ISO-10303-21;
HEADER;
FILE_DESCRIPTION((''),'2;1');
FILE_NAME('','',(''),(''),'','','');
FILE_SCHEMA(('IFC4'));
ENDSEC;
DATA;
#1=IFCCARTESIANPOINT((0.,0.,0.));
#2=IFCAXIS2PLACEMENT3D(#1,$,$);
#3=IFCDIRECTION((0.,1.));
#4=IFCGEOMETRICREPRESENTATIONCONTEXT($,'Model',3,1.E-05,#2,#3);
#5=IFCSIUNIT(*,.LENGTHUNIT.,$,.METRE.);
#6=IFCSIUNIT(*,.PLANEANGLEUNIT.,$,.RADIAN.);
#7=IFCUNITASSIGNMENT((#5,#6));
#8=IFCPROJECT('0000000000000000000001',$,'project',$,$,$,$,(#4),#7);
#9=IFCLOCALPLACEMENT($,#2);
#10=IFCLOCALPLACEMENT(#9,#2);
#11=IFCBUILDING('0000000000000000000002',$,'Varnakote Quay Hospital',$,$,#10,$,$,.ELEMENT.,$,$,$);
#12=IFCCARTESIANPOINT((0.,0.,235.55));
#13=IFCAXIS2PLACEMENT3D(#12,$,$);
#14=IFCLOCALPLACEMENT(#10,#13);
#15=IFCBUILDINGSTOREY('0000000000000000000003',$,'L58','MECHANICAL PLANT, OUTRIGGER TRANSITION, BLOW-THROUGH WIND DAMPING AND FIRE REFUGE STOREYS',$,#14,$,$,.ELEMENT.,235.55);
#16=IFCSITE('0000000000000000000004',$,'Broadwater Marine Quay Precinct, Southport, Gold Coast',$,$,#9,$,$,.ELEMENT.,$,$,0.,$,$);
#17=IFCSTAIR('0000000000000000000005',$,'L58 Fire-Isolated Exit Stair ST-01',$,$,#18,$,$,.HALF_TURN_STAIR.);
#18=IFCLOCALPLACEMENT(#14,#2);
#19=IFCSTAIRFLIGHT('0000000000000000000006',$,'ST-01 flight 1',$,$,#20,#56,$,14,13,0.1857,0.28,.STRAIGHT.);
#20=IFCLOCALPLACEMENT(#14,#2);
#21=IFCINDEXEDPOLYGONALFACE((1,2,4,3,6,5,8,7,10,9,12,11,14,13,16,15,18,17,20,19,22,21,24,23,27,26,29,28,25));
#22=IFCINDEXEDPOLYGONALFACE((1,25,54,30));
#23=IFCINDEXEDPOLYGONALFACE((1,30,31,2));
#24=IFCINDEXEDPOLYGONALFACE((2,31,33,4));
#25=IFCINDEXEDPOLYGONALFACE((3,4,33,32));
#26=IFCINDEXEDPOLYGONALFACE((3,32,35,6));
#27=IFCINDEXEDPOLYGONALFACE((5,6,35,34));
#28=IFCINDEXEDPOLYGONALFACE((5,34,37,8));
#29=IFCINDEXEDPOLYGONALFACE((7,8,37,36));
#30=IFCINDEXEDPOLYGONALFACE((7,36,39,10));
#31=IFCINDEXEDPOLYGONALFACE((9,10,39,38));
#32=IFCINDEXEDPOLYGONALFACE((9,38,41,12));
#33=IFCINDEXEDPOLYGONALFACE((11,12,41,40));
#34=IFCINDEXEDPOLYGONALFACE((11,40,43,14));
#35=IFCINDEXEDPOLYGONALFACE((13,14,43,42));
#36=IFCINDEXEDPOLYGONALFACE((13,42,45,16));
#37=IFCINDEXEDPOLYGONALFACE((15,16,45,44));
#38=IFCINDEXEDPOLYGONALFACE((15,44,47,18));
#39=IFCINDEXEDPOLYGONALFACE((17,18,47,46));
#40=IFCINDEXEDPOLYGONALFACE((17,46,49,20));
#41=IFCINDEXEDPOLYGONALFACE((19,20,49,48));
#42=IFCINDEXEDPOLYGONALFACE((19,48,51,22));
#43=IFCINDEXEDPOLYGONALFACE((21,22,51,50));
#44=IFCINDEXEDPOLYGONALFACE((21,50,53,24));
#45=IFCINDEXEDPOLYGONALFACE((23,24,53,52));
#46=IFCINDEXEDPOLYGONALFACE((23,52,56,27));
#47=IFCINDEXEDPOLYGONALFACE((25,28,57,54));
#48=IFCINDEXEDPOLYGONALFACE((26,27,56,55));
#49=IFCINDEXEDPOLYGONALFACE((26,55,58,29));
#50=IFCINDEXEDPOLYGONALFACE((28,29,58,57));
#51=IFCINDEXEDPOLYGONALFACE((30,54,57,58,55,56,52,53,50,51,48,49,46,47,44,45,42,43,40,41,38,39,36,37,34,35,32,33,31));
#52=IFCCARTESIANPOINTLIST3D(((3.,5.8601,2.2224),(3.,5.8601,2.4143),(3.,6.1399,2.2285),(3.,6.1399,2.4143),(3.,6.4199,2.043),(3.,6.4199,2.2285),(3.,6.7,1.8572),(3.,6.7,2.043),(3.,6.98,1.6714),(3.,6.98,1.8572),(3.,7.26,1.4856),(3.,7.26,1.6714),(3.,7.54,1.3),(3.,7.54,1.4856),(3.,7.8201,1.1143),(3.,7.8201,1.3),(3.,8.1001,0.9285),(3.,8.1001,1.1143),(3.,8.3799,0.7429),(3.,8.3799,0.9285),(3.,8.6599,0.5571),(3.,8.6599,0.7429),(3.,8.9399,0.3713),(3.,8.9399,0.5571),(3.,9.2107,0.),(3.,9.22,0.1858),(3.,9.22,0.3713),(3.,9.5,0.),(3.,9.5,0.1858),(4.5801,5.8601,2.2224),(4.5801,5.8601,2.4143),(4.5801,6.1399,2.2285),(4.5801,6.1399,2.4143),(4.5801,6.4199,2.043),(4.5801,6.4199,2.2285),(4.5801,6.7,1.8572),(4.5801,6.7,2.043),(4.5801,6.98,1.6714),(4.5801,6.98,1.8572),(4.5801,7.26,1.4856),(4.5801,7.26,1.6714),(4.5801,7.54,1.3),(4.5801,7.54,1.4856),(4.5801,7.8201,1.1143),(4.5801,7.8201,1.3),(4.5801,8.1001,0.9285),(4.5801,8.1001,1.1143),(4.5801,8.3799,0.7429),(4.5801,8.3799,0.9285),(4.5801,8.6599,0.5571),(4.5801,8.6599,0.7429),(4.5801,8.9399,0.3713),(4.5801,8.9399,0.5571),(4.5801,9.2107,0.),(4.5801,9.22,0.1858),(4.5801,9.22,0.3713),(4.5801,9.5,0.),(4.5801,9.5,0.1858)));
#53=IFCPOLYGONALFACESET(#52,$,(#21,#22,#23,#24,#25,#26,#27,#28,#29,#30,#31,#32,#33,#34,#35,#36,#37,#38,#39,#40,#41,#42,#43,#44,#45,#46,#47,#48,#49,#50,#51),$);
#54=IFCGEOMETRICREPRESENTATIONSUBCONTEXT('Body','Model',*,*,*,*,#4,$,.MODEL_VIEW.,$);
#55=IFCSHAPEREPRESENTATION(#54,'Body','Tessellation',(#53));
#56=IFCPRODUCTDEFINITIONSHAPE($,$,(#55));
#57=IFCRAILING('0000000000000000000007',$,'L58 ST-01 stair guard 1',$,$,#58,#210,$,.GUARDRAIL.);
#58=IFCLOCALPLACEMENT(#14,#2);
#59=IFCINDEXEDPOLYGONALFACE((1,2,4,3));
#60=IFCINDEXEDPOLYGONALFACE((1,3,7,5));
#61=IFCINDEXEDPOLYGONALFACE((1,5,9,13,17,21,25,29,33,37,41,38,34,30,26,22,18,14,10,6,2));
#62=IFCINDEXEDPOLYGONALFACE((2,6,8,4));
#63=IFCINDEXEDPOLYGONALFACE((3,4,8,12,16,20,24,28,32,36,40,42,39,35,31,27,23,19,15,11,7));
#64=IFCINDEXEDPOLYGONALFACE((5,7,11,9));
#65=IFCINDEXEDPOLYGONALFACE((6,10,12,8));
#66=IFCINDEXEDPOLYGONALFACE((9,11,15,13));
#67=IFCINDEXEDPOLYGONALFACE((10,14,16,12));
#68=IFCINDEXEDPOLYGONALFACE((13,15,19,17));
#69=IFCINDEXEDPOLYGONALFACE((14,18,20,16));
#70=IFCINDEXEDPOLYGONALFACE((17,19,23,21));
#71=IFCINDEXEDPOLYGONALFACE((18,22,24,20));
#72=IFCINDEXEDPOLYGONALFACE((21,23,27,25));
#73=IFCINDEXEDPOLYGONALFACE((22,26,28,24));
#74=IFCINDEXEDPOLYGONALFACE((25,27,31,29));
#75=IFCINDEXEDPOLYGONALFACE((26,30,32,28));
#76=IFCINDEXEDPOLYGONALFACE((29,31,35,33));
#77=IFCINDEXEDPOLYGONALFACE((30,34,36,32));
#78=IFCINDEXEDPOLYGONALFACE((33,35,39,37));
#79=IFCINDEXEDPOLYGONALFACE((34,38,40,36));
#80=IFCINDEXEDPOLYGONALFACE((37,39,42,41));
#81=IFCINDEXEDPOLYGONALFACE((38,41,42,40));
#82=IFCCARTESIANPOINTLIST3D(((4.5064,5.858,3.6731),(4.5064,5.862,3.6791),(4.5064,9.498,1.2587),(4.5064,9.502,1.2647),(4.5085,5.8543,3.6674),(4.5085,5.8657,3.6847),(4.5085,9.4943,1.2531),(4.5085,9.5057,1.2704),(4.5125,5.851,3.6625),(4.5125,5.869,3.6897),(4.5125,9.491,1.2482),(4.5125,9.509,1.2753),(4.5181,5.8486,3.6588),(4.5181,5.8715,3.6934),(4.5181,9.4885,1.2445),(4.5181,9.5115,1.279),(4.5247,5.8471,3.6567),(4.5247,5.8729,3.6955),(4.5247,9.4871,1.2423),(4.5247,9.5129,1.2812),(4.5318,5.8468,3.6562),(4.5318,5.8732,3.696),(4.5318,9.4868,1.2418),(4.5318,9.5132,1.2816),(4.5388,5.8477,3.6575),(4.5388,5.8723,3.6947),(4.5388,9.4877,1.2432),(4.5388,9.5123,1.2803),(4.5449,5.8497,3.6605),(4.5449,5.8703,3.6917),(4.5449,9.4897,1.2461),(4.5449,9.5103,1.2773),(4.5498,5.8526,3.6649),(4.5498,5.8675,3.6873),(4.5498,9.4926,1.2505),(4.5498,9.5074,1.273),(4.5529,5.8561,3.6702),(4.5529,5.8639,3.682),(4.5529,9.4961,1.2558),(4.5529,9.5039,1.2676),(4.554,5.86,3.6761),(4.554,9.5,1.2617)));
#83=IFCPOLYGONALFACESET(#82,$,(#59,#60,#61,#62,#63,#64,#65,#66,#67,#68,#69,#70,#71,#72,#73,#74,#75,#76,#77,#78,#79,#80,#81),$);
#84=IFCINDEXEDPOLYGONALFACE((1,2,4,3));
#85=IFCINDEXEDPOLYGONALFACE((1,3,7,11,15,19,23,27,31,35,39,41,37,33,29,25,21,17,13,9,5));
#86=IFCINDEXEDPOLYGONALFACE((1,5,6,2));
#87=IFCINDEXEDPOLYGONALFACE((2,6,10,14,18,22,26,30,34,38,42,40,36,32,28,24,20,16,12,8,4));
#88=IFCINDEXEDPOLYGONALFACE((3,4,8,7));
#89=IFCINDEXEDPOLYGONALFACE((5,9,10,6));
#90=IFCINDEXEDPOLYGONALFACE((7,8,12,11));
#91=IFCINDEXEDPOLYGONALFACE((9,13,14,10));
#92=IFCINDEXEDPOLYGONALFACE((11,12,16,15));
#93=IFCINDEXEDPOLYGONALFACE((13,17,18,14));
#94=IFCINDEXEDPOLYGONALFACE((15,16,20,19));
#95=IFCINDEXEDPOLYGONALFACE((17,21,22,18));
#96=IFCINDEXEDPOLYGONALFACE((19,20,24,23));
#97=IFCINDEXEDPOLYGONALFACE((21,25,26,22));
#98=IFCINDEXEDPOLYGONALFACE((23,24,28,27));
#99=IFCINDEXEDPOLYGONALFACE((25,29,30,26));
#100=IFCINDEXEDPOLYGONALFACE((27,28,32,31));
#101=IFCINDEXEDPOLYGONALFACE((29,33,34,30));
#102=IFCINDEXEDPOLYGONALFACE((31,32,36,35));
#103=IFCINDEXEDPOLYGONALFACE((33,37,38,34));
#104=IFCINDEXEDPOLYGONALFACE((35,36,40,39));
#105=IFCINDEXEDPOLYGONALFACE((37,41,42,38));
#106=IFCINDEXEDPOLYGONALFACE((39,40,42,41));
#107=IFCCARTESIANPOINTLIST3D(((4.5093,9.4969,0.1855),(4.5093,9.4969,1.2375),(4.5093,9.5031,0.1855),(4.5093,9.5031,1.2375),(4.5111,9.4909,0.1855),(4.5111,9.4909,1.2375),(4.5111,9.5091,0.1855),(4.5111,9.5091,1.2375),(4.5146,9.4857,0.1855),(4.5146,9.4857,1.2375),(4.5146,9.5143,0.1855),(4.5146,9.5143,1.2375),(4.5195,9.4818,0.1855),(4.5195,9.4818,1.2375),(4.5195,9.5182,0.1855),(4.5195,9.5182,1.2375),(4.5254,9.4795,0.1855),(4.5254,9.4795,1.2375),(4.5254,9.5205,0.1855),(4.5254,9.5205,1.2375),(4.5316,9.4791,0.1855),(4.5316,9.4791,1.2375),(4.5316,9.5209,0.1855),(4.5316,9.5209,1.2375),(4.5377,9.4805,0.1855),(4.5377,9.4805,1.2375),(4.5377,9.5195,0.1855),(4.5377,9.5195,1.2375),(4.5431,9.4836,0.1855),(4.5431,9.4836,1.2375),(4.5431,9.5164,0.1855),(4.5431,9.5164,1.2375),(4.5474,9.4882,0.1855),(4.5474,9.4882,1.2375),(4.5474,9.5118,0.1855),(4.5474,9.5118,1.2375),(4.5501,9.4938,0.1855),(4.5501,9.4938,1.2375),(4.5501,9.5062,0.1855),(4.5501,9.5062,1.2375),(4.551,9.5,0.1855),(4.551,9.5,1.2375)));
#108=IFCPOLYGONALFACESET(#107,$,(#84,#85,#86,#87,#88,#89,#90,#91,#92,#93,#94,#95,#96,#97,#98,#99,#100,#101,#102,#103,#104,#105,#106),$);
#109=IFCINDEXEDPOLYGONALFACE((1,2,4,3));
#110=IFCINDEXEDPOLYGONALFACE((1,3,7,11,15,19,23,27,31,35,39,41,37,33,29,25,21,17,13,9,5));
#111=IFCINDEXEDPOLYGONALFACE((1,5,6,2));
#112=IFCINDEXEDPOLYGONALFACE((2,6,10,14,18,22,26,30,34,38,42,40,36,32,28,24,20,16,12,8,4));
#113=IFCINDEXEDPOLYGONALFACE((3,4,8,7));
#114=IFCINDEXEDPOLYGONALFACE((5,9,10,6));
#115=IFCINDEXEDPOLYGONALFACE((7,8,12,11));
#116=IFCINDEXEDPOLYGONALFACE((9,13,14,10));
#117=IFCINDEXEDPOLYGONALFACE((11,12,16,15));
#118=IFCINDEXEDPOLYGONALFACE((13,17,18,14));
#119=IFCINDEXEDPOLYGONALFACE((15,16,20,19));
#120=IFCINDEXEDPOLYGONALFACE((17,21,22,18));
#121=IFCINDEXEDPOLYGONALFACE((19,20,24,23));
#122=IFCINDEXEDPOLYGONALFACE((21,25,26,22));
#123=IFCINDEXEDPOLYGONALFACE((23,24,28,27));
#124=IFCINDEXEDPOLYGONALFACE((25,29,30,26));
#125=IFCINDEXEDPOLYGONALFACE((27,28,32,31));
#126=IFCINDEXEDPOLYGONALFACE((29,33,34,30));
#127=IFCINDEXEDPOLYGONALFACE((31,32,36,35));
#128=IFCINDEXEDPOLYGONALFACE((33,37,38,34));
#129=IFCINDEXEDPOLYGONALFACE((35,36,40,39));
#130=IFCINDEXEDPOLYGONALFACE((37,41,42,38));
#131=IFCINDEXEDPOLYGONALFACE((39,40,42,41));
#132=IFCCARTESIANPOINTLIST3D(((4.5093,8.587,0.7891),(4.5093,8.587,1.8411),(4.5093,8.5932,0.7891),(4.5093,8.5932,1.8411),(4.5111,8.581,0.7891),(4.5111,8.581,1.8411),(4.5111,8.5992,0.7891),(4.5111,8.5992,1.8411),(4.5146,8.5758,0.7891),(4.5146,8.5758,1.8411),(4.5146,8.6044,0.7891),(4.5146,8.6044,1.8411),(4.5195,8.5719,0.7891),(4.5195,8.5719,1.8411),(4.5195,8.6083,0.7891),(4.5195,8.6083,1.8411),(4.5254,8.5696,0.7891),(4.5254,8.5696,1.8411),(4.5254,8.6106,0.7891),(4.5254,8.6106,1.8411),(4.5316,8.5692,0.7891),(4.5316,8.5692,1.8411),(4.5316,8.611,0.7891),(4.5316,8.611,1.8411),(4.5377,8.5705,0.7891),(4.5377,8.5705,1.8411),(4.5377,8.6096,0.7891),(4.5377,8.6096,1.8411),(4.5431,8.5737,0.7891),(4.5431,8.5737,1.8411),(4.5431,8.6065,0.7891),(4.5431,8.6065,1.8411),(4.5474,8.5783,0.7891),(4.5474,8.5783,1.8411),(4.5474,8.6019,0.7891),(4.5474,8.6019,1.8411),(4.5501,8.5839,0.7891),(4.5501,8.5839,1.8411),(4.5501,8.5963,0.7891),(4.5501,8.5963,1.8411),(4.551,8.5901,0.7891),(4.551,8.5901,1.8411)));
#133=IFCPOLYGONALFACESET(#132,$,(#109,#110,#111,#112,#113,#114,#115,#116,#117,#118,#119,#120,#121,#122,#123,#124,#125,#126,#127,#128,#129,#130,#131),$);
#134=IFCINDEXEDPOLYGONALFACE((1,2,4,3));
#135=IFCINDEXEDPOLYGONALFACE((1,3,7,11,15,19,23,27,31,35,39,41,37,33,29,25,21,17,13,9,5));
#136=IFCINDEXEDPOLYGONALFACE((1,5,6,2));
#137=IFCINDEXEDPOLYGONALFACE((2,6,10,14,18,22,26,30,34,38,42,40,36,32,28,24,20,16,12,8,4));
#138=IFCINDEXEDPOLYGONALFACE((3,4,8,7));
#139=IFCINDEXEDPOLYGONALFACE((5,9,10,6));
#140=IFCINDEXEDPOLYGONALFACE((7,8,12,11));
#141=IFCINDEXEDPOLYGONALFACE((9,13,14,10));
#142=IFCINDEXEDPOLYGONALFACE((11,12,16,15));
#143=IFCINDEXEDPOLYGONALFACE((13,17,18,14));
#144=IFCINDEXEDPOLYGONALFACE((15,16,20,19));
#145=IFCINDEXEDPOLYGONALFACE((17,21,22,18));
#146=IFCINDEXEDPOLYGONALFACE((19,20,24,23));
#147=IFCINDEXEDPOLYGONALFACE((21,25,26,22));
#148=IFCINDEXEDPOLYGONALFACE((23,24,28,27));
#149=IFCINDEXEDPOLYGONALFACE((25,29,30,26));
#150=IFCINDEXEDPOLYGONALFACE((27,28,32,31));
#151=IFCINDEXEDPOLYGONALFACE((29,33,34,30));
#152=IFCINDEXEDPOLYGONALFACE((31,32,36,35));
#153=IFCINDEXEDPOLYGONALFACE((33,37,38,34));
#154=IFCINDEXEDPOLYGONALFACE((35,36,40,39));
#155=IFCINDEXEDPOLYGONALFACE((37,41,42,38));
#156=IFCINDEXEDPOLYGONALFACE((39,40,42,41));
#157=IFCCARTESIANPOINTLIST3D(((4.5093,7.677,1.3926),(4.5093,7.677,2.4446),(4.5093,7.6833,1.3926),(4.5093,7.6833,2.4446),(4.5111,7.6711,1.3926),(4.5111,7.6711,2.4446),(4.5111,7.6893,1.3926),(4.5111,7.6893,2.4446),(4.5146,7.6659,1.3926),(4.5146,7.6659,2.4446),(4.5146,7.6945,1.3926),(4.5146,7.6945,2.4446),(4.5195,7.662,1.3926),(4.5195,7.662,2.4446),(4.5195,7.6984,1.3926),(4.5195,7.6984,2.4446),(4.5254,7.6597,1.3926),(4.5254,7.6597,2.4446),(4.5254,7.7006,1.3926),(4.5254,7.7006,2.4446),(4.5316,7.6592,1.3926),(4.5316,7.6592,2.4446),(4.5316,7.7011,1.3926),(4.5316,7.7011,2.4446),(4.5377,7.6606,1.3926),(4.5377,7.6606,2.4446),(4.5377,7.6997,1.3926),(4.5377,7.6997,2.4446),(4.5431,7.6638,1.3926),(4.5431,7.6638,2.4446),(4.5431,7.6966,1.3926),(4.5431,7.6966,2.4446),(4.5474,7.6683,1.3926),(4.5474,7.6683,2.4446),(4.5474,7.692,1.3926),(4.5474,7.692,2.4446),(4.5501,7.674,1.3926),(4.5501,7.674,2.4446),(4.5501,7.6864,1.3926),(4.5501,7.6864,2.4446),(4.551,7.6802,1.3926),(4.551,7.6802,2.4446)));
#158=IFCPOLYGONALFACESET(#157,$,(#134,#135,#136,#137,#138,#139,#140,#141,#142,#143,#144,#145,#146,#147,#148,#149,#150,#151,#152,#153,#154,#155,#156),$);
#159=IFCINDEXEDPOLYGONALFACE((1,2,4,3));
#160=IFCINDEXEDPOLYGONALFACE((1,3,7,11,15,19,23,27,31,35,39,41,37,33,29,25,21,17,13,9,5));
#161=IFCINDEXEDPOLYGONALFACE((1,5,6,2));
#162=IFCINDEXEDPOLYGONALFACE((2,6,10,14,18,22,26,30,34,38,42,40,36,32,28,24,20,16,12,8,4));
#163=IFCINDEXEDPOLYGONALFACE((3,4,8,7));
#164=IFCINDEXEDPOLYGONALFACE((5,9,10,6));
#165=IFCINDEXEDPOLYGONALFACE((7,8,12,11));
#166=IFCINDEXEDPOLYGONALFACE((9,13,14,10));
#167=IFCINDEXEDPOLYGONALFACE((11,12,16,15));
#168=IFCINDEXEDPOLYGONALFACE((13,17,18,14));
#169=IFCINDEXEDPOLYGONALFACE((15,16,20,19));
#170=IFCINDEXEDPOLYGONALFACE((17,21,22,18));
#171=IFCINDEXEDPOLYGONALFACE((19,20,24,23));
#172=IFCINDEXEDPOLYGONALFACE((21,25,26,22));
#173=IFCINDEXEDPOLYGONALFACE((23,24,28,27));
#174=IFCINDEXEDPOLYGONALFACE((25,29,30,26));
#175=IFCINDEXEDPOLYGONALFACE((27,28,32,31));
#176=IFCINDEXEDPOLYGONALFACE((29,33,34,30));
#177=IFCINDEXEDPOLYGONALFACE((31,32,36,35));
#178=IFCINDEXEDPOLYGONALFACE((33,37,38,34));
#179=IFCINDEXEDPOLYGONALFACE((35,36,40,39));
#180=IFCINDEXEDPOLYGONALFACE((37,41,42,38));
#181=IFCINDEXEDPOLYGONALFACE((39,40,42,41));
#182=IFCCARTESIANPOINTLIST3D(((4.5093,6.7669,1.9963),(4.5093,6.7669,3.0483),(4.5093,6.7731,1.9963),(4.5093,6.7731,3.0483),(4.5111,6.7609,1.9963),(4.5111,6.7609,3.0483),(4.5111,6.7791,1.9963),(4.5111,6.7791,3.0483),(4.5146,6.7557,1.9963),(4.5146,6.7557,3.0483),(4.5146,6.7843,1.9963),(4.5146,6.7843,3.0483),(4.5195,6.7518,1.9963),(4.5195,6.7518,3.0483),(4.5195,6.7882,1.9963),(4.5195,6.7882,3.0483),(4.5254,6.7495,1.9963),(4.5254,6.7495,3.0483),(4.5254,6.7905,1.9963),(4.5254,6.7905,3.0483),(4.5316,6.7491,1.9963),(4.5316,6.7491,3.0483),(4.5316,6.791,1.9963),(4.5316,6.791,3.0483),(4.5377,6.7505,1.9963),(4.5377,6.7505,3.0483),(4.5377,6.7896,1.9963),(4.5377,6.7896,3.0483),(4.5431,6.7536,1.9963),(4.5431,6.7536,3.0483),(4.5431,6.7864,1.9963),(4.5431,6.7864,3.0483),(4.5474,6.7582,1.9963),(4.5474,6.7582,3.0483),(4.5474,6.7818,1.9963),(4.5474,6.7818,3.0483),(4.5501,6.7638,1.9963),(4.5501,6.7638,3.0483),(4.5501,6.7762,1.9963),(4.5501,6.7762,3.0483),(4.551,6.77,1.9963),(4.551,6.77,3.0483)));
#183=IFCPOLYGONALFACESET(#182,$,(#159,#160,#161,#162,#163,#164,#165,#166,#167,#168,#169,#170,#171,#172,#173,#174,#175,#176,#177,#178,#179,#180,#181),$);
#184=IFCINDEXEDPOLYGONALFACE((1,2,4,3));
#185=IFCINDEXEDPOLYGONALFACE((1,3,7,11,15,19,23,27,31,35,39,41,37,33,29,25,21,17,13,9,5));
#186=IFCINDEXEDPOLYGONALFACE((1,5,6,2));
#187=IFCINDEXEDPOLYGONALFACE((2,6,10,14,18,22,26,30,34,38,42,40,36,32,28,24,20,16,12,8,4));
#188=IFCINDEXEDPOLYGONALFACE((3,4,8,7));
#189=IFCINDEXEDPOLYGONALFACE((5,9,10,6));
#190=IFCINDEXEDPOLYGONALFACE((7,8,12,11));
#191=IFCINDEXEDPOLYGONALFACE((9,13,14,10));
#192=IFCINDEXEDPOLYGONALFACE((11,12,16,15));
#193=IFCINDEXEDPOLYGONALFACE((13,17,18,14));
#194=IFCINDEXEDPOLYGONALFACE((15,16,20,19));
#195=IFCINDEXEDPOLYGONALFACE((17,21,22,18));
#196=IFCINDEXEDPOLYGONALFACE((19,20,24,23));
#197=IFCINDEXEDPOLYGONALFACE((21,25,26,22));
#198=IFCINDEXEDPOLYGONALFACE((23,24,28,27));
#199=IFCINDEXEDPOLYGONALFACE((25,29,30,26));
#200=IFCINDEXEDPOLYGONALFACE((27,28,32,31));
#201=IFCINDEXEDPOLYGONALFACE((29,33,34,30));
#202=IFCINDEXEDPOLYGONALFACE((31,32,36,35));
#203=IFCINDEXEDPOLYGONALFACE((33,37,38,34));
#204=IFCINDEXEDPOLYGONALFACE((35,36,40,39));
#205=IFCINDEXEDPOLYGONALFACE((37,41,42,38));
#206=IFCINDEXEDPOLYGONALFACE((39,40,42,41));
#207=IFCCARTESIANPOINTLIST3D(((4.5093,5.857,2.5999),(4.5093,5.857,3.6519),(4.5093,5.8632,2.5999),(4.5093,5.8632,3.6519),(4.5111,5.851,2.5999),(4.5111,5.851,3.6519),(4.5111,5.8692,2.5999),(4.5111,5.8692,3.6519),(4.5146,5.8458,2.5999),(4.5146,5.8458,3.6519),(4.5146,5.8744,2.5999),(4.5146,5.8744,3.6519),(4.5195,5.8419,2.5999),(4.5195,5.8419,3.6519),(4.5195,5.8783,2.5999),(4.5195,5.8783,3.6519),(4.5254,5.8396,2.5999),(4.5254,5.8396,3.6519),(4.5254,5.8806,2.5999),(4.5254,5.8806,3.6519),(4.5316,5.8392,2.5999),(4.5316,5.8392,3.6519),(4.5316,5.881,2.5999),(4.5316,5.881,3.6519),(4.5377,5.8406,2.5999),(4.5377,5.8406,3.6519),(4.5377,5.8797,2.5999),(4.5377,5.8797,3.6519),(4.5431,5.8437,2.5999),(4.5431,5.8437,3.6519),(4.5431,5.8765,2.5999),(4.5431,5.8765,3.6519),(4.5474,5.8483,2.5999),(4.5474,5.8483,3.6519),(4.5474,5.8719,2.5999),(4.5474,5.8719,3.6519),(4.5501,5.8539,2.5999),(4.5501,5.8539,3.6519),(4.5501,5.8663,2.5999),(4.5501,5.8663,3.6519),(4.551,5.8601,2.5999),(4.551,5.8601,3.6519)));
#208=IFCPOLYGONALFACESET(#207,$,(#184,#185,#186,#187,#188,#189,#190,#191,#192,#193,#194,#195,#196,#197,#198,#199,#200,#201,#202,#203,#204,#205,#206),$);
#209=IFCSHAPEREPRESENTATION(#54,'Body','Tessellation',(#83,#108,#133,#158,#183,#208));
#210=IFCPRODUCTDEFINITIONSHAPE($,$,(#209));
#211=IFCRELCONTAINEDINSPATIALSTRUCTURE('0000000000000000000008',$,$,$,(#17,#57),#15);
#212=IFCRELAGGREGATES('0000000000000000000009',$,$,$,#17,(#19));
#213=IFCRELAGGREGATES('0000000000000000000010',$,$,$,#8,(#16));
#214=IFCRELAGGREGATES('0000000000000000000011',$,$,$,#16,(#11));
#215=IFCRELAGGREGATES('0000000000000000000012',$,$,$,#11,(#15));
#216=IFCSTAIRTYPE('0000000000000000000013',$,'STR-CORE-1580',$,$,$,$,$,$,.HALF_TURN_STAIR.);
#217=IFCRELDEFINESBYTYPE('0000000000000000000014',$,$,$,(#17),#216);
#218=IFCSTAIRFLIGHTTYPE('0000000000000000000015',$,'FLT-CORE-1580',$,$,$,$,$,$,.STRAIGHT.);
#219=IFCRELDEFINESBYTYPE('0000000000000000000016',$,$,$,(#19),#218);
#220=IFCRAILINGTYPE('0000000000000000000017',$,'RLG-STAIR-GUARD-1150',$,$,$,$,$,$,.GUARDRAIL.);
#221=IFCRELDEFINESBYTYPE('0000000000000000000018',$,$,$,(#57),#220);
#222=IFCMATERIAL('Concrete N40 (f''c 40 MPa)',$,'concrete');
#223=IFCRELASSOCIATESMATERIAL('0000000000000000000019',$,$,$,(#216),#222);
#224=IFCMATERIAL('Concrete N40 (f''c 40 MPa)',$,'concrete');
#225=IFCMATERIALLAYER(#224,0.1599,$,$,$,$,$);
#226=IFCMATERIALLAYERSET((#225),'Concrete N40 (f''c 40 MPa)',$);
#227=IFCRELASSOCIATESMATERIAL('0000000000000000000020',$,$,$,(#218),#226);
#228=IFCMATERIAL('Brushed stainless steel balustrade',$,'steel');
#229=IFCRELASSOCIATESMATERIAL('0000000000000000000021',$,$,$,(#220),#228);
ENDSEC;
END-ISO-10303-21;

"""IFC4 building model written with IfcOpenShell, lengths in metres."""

from ifc_helpers import new_model, si_unit, direction, frame, origin, origin_2d, place, context, subcontext, project, spatial, polyline, circle, outline, extrude, material, layer, layer_set, type_object, element, aggregate, save


model = new_model("IFC4")

# Units and contexts
model_context = context("Model", 3, precision=1e-05, world=origin(), true_north=direction((0.0, 1.0)))
body_context = subcontext(model_context, "Body", "Model", "MODEL_VIEW")
ifc_project = project(units=[si_unit("LENGTHUNIT", "METRE"), si_unit("PLANEANGLEUNIT", "RADIAN")], contexts=[model_context])

# Site, building, storey
site_placement = place(None, origin())
site = spatial("IfcSite", under=ifc_project, at=site_placement, Name="Broadwater Marine Quay Precinct, Southport, Gold Coast", CompositionType="ELEMENT", RefElevation=0.0)
building_placement = place(site_placement, origin())
building = spatial("IfcBuilding", under=site, at=building_placement, Name="Varnakote Quay Hospital", CompositionType="ELEMENT")
storey_placement = place(building_placement, frame((0.0, 0.0, 235.55)))
storey = spatial("IfcBuildingStorey", under=building, at=storey_placement, Name="L58", Description="MECHANICAL PLANT, OUTRIGGER TRANSITION, BLOW-THROUGH WIND DAMPING AND FIRE REFUGE STOREYS", CompositionType="ELEMENT", Elevation=235.55)

# Stair, stair flight
ifc_material_1 = material(Name="Concrete N40 (f'c 40 MPa)", Category="concrete")
stair_type = type_object("IfcStairType", Name="STR-CORE-1580", PredefinedType="HALF_TURN_STAIR", material=ifc_material_1)
stair_placement = place(storey_placement, origin())
stair = element("IfcStair", 1, at=stair_placement, inside=storey, type_object=stair_type, Name="L58 Fire-Isolated Exit Stair ST-01", PredefinedType="HALF_TURN_STAIR")
ifc_material_2 = material(Name="Concrete N40 (f'c 40 MPa)", Category="concrete")
ifc_layer_1 = layer(ifc_material_2, 0.1599)
ifc_layer_set_1 = layer_set([ifc_layer_1], Name="Concrete N40 (f'c 40 MPa)")
stair_flight_type = type_object("IfcStairFlightType", Name="FLT-CORE-1580", PredefinedType="STRAIGHT", material=ifc_layer_set_1)
stair_flight_placement = place(storey_placement, frame((3.79, 9.5, 0.0), z_axis=(0.0, 0.0, 1.0), x_axis=(0.0, -1.0, 0.0)))
stair_flight = element("IfcStairFlight", 2, at=stair_flight_placement, type_object=stair_flight_type, Name="ST-01 flight 1", NumberOfRisers=14, NumberOfTreads=13, PredefinedType="STRAIGHT", RiserHeight=0.1857, TreadLength=0.28, context=body_context, shape_type="SweptSolid", body=[
    extrude(outline(polyline([(0.0, 0.0), (0.0, 0.1858), (0.28, 0.1858), (0.28, 0.3713), (0.5601, 0.3713), (0.5601, 0.5571), (0.8401, 0.5571), (0.8401, 0.7429), (1.1201, 0.7429), (1.1201, 0.9285), (1.3999, 0.9285), (1.3999, 1.1143), (1.6799, 1.1143), (1.6799, 1.3), (1.96, 1.3), (1.96, 1.4856), (2.24, 1.4856), (2.24, 1.6714), (2.52, 1.6714), (2.52, 1.8572), (2.8, 1.8572), (2.8, 2.043), (3.0801, 2.043), (3.0801, 2.2285), (3.3601, 2.2285), (3.3601, 2.4143), (3.6399, 2.4143), (3.6399, 2.6001), (3.6399, 2.2224), (0.2893, 0.0), (0.0, 0.0)])), frame((0.0, 0.79, 0.0), z_axis=(0.0, -1.0, 0.0), x_axis=(1.0, 0.0, 0.0)), (0.0, 0.0, 1.0), 1.5801),
])
aggregate(stair, [stair_flight])

# Railing
ifc_material_3 = material(Name="Brushed stainless steel balustrade", Category="steel")
railing_type_1 = type_object("IfcRailingType", Name="RLG-STAIR-GUARD-1150", PredefinedType="GUARDRAIL", material=ifc_material_3)
railing_1_placement = place(storey_placement, frame((4.53, 9.5, 0.1855)))
element("IfcRailing", 3, at=railing_1_placement, inside=storey, type_object=railing_type_1, Name="L58 ST-01 stair guard 1", PredefinedType="GUARDRAIL", context=body_context, shape_type="SweptSolid", body=[
    extrude(circle(Radius=0.0239, at=origin_2d()), frame((0.0, 0.0, 1.0762), z_axis=(0.0, -0.833347, 0.552751), x_axis=(1.0, 0.0, 0.0)), (0.0, 0.0, 1.0), 4.3679),
    extrude(circle(Radius=0.021, at=origin_2d()), origin(), (0.0, 0.0, 1.0), 1.052),
    extrude(circle(Radius=0.021, at=origin_2d()), frame((0.0, -0.9099, 0.6035)), (0.0, 0.0, 1.0), 1.052),
    extrude(circle(Radius=0.021, at=origin_2d()), frame((0.0, -1.8198, 1.207)), (0.0, 0.0, 1.0), 1.052),
    extrude(circle(Radius=0.021, at=origin_2d()), frame((0.0, -2.73, 1.8108)), (0.0, 0.0, 1.0), 1.052),
    extrude(circle(Radius=0.021, at=origin_2d()), frame((0.0, -3.6399, 2.4143)), (0.0, 0.0, 1.0), 1.052),
])

save(model, "model.ifc")
